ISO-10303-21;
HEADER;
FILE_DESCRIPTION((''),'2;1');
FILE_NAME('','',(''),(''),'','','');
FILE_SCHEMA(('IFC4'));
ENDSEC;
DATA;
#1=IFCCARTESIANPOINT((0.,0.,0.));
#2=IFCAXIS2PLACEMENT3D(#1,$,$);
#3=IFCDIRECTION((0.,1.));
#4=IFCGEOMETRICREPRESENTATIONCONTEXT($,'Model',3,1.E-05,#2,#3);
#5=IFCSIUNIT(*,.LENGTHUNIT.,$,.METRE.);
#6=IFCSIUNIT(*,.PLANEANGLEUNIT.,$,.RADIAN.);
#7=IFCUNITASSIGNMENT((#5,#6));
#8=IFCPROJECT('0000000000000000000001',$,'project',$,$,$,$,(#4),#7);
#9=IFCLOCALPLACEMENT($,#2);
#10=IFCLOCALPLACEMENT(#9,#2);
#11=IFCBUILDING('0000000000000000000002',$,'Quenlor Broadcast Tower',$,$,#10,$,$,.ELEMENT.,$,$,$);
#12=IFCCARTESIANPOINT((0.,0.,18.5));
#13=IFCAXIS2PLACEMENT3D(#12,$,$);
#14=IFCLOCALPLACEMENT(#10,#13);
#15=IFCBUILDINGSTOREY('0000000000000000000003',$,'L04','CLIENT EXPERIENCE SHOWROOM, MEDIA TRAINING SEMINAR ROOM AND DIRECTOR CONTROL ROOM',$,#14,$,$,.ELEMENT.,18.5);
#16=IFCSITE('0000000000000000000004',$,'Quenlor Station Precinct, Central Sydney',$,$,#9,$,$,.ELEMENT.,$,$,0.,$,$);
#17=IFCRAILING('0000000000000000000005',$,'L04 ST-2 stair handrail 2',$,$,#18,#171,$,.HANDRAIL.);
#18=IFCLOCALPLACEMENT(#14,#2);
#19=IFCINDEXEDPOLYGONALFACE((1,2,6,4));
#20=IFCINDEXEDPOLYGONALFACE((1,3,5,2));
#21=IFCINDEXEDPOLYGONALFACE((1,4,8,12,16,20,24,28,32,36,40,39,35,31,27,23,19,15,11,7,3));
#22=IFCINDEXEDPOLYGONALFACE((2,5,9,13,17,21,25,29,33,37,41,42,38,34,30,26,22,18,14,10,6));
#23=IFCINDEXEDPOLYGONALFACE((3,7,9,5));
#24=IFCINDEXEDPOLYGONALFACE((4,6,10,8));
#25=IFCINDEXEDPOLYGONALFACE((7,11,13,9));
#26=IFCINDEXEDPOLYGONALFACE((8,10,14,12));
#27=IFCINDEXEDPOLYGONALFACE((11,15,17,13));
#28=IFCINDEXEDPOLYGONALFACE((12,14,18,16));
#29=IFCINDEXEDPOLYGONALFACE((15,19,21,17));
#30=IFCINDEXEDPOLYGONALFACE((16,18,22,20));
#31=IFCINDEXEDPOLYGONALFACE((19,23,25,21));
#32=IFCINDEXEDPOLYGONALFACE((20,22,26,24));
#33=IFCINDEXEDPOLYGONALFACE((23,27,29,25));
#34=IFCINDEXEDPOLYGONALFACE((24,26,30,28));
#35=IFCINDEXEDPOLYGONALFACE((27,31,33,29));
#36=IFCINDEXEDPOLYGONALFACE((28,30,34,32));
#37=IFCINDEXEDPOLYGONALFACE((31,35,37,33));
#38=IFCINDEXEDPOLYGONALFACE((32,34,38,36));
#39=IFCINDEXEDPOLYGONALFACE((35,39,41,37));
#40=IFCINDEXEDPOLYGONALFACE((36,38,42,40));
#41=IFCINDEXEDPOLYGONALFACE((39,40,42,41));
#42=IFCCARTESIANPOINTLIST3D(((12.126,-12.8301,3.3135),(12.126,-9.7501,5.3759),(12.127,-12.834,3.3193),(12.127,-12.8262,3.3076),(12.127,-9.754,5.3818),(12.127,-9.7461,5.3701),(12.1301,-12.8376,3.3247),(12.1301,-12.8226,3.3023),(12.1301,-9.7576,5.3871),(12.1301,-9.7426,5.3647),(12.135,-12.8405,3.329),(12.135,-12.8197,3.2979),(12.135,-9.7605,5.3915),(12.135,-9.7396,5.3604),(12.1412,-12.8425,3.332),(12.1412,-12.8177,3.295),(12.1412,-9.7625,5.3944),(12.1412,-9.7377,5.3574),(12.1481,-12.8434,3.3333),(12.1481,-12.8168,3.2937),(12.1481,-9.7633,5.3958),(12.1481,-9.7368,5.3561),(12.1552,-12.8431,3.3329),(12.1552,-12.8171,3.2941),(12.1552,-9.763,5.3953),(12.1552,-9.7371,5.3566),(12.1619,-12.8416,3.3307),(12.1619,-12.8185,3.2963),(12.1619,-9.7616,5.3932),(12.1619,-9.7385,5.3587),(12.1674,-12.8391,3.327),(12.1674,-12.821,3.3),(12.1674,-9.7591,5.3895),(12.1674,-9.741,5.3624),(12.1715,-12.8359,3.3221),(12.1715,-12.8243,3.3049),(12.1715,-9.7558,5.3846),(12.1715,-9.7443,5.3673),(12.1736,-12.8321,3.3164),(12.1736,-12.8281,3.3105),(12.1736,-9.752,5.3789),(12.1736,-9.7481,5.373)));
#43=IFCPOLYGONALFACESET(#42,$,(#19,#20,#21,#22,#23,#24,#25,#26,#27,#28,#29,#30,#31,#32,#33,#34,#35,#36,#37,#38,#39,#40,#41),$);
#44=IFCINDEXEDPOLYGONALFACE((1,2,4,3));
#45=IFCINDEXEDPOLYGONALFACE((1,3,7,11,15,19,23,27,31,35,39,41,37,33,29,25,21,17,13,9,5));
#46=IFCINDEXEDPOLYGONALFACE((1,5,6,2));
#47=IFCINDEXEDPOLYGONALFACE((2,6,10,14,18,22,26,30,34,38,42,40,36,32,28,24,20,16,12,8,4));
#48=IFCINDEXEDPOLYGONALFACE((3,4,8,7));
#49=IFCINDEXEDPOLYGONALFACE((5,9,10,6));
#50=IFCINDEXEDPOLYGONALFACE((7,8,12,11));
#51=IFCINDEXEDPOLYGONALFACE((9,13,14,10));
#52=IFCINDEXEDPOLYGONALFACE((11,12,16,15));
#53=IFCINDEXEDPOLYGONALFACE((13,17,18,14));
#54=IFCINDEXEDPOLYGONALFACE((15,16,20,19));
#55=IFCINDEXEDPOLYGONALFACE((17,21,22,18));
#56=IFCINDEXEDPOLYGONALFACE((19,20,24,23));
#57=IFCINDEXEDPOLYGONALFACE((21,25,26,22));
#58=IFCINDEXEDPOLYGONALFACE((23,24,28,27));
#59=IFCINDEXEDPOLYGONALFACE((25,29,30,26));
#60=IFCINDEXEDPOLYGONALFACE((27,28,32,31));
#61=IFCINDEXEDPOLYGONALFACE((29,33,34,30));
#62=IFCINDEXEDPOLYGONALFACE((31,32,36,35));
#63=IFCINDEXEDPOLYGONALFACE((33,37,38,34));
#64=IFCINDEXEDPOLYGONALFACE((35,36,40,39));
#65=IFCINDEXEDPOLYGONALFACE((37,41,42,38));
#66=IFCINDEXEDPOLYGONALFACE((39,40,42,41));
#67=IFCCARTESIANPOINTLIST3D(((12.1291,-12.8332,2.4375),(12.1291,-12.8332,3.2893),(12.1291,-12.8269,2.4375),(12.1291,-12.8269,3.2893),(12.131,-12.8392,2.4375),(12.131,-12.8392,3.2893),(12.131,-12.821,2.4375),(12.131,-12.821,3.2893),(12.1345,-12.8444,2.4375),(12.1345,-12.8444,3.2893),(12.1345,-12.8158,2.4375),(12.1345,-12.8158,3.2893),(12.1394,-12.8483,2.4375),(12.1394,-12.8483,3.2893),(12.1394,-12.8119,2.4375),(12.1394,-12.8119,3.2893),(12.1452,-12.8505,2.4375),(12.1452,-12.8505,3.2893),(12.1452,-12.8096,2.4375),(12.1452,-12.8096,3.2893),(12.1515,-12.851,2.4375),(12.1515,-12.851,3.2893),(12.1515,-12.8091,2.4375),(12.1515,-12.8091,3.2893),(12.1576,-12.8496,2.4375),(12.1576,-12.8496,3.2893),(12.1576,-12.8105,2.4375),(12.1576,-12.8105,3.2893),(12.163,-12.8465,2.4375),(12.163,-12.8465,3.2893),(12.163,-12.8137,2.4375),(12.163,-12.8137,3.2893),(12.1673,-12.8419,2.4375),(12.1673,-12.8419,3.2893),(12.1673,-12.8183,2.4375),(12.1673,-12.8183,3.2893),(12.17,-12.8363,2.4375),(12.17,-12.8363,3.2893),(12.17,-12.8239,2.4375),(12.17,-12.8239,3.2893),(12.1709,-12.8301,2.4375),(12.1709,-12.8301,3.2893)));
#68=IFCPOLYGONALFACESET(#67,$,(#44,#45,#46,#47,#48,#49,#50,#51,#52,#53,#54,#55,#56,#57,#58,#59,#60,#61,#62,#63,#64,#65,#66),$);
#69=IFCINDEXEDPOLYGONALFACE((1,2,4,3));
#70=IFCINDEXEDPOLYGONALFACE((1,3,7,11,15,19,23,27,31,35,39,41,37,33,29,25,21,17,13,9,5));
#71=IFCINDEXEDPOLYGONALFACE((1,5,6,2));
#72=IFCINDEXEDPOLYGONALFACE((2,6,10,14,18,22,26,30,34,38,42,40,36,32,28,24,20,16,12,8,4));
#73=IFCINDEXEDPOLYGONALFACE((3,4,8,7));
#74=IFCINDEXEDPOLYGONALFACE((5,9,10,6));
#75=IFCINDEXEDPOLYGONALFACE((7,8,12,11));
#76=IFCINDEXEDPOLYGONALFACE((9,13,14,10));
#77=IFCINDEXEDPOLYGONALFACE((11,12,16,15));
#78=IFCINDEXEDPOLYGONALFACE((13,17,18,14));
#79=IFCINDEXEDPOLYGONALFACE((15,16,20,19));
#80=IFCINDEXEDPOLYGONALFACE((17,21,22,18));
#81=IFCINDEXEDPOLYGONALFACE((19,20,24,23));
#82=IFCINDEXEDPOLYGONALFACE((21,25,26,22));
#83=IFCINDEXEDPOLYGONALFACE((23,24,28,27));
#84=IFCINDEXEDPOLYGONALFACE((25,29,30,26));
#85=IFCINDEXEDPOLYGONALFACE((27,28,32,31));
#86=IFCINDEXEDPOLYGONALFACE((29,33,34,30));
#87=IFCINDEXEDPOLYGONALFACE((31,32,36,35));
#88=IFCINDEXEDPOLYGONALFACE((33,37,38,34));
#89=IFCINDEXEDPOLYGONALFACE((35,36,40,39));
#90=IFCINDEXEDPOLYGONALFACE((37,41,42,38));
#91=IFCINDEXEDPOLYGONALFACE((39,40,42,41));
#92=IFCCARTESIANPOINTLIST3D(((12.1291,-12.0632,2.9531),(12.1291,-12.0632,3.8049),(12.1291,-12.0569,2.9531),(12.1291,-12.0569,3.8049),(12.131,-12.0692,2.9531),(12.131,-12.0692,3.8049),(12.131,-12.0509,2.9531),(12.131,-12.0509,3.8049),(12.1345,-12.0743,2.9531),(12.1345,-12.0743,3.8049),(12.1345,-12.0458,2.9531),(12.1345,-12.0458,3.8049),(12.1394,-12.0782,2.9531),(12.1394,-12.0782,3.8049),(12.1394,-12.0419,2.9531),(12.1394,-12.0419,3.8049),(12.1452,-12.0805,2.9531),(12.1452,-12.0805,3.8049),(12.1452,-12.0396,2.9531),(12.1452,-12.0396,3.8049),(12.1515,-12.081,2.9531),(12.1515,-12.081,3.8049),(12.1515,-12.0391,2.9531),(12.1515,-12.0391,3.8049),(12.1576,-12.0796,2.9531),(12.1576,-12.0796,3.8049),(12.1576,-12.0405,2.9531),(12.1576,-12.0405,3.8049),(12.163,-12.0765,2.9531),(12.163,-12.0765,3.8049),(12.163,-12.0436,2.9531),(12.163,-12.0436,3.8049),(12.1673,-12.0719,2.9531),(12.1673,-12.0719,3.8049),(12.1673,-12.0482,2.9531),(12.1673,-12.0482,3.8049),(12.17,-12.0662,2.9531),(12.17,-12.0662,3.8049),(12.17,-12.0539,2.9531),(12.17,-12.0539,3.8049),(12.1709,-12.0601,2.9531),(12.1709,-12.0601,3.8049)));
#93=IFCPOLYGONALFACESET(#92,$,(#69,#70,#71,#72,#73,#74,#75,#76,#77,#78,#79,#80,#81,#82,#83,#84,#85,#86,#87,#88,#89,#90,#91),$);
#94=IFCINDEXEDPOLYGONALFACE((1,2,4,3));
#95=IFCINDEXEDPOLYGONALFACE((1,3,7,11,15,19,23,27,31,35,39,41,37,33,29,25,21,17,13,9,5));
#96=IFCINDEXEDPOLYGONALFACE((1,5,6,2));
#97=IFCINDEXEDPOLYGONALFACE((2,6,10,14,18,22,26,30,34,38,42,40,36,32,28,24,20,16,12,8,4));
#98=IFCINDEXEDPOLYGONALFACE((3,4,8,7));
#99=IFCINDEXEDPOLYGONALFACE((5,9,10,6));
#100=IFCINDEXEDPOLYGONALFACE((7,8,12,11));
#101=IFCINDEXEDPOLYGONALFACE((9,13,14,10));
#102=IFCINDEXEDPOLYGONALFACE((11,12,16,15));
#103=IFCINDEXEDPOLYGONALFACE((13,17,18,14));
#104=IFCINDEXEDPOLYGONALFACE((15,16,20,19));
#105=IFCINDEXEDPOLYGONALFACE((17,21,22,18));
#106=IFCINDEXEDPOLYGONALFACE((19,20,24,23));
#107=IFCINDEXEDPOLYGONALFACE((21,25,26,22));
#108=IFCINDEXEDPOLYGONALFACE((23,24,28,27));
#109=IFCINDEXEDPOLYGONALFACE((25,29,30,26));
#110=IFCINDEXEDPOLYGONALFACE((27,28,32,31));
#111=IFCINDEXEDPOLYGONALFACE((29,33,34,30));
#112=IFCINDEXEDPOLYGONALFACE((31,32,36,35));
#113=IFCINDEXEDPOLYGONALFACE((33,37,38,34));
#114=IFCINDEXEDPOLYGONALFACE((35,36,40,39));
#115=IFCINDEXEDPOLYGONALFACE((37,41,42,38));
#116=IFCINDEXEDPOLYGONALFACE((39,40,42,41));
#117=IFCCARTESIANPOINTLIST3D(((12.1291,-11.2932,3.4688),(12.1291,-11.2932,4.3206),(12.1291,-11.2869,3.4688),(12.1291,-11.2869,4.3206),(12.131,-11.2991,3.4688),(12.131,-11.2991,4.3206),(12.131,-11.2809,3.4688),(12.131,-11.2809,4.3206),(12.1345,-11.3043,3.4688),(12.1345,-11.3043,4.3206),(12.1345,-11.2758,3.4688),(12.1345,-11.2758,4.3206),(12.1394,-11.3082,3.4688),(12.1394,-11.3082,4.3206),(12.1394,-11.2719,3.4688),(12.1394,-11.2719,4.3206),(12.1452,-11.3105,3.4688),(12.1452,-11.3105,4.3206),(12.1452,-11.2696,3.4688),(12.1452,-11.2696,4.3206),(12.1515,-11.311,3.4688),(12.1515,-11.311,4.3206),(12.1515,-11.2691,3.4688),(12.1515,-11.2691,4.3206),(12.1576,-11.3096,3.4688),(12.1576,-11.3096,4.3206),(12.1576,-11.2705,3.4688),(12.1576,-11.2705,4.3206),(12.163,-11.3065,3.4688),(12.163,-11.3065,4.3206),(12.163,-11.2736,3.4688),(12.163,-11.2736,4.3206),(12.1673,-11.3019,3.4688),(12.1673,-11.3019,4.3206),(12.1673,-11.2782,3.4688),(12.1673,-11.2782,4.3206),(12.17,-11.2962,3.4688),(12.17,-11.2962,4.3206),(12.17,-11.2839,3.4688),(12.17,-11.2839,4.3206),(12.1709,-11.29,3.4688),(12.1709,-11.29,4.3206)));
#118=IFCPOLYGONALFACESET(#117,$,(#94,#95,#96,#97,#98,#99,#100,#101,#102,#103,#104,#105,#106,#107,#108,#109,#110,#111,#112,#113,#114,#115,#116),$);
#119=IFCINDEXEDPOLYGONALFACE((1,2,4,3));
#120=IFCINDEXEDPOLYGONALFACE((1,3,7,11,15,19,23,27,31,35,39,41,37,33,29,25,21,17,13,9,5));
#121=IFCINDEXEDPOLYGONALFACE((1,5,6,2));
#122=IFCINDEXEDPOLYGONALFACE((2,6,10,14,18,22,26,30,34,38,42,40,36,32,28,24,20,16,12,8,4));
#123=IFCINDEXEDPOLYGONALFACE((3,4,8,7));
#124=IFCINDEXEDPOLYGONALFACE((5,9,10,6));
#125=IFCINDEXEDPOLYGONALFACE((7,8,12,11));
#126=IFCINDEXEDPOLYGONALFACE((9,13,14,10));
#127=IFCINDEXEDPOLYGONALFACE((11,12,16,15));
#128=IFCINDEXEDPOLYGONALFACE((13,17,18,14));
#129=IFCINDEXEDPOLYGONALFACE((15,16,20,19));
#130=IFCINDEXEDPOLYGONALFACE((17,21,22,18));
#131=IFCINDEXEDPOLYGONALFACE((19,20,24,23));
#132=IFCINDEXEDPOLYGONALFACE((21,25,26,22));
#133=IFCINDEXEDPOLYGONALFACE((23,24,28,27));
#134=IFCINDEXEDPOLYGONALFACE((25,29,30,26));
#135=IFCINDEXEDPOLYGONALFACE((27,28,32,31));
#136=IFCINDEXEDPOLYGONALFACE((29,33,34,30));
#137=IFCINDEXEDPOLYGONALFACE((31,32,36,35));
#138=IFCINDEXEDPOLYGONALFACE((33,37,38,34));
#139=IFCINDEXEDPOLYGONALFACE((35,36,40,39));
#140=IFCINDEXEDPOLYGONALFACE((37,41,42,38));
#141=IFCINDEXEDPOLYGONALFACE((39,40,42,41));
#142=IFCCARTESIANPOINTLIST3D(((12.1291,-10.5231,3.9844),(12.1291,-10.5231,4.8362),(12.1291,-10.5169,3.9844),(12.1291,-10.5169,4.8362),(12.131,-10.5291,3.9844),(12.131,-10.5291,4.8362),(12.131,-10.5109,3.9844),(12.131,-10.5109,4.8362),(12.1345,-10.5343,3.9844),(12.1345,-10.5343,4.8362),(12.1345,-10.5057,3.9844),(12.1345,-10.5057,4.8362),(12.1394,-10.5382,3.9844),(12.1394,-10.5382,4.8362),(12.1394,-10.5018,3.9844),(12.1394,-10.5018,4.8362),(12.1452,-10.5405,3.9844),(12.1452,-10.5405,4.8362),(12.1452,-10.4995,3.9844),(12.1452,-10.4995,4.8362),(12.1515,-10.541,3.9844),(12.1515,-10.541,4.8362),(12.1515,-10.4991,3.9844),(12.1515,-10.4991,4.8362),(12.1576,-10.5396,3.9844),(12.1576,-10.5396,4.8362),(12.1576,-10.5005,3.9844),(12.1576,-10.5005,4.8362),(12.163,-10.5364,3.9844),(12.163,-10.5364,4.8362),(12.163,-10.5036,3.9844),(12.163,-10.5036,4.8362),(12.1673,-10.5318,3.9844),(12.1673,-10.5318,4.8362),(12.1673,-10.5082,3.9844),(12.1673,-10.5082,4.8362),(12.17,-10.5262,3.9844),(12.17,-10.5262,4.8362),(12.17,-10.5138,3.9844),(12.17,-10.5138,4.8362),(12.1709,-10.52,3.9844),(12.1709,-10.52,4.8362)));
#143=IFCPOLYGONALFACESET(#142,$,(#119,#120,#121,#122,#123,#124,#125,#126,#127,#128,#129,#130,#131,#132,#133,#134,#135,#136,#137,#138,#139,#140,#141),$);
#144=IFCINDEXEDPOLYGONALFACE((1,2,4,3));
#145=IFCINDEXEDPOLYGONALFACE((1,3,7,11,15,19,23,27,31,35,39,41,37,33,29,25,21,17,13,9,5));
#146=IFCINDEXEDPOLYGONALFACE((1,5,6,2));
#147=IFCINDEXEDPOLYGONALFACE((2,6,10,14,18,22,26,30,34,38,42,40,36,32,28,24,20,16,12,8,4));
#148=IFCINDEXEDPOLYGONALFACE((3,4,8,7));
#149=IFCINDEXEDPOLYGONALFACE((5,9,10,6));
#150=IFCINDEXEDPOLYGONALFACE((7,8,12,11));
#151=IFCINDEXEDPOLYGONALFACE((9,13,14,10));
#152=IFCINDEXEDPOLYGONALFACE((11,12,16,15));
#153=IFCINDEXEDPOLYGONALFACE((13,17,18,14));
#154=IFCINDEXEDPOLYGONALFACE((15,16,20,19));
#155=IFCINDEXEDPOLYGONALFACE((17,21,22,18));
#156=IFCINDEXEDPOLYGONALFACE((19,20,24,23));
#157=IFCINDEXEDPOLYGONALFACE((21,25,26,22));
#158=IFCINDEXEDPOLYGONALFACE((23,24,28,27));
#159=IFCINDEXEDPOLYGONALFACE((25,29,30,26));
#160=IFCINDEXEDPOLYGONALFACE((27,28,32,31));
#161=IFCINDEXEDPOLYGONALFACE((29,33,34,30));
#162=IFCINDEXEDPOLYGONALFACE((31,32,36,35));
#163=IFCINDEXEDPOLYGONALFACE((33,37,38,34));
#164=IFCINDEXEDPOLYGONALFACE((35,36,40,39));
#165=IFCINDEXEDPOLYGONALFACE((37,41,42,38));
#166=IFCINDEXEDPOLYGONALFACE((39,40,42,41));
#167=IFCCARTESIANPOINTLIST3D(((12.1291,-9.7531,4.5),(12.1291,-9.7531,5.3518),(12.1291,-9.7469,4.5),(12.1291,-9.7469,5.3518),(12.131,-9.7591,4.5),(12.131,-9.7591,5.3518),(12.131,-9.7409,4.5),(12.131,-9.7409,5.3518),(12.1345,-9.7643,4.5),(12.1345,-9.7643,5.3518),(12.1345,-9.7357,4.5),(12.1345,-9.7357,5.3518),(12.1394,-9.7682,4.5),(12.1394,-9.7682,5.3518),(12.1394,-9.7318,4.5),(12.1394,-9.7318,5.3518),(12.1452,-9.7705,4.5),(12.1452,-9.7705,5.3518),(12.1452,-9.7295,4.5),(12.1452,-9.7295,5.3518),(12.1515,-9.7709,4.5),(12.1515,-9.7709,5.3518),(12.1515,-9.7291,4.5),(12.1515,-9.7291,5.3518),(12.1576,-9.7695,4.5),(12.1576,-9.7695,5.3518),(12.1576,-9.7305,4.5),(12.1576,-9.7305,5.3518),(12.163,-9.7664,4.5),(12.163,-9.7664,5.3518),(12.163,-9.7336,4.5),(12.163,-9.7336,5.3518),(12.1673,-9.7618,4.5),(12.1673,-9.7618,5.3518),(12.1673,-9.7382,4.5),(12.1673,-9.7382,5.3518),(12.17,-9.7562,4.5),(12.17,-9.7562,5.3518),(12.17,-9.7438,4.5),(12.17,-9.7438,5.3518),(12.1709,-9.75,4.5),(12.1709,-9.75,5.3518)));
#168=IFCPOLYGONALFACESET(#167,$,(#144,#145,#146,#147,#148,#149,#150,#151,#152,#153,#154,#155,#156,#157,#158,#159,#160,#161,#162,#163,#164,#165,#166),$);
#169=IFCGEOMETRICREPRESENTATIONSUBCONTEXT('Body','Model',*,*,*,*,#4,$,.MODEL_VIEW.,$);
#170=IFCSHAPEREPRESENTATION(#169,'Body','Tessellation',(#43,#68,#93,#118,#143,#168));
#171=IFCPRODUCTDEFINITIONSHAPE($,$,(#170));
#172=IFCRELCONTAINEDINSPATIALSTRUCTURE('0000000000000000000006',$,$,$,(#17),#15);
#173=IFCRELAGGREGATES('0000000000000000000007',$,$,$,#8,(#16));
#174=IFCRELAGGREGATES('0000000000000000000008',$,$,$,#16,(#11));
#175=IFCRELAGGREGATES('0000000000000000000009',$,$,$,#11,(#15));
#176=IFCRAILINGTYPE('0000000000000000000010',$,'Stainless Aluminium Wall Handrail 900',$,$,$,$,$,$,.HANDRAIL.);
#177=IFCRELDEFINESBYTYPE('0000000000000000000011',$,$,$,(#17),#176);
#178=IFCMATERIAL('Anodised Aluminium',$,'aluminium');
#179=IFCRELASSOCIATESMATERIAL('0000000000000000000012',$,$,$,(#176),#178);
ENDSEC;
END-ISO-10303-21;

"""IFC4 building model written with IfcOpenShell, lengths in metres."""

from ifc_helpers import new_model, si_unit, direction, frame, origin, origin_2d, place, context, subcontext, project, spatial, circle, extrude, material, type_object, element, save


model = new_model("IFC4")

# Units and contexts
model_context = context("Model", 3, precision=1e-05, world=origin(), true_north=direction((0.0, 1.0)))
body_context = subcontext(model_context, "Body", "Model", "MODEL_VIEW")
ifc_project = project(units=[si_unit("LENGTHUNIT", "METRE"), si_unit("PLANEANGLEUNIT", "RADIAN")], contexts=[model_context])

# Site, building, storey
site_placement = place(None, origin())
site = spatial("IfcSite", under=ifc_project, at=site_placement, Name="Quenlor Station Precinct, Central Sydney", CompositionType="ELEMENT", RefElevation=0.0)
building_placement = place(site_placement, origin())
building = spatial("IfcBuilding", under=site, at=building_placement, Name="Quenlor Broadcast Tower", CompositionType="ELEMENT")
storey_placement = place(building_placement, frame((0.0, 0.0, 18.5)))
storey = spatial("IfcBuildingStorey", under=building, at=storey_placement, Name="L04", Description="CLIENT EXPERIENCE SHOWROOM, MEDIA TRAINING SEMINAR ROOM AND DIRECTOR CONTROL ROOM", CompositionType="ELEMENT", Elevation=18.5)

# Railing
ifc_material_1 = material(Name="Anodised Aluminium", Category="aluminium")
railing_type_1 = type_object("IfcRailingType", Name="Stainless Aluminium Wall Handrail 900", PredefinedType="HANDRAIL", material=ifc_material_1)
railing_1_placement = place(storey_placement, frame((12.1499, -12.8301, 2.4375)))
element("IfcRailing", 1, at=railing_1_placement, inside=storey, type_object=railing_type_1, Name="L04 ST-2 stair handrail 2", PredefinedType="HANDRAIL", context=body_context, shape_type="SweptSolid", body=[
    extrude(circle(Radius=0.0239, at=origin_2d()), frame((0.0, 0.0, 0.876), z_axis=(0.0, 0.830914, 0.556401), x_axis=(-1.0, 0.0, 0.0)), (0.0, 0.0, 1.0), 3.7068),
    extrude(circle(Radius=0.021, at=origin_2d()), origin(), (0.0, 0.0, 1.0), 0.8518),
    extrude(circle(Radius=0.021, at=origin_2d()), frame((0.0, 0.77, 0.5156)), (0.0, 0.0, 1.0), 0.8518),
    extrude(circle(Radius=0.021, at=origin_2d()), frame((0.0, 1.54, 1.0312)), (0.0, 0.0, 1.0), 0.8518),
    extrude(circle(Radius=0.021, at=origin_2d()), frame((0.0, 2.3101, 1.5469)), (0.0, 0.0, 1.0), 0.8518),
    extrude(circle(Radius=0.021, at=origin_2d()), frame((0.0, 3.0801, 2.0625)), (0.0, 0.0, 1.0), 0.8518),
])

save(model, "model.ifc")
